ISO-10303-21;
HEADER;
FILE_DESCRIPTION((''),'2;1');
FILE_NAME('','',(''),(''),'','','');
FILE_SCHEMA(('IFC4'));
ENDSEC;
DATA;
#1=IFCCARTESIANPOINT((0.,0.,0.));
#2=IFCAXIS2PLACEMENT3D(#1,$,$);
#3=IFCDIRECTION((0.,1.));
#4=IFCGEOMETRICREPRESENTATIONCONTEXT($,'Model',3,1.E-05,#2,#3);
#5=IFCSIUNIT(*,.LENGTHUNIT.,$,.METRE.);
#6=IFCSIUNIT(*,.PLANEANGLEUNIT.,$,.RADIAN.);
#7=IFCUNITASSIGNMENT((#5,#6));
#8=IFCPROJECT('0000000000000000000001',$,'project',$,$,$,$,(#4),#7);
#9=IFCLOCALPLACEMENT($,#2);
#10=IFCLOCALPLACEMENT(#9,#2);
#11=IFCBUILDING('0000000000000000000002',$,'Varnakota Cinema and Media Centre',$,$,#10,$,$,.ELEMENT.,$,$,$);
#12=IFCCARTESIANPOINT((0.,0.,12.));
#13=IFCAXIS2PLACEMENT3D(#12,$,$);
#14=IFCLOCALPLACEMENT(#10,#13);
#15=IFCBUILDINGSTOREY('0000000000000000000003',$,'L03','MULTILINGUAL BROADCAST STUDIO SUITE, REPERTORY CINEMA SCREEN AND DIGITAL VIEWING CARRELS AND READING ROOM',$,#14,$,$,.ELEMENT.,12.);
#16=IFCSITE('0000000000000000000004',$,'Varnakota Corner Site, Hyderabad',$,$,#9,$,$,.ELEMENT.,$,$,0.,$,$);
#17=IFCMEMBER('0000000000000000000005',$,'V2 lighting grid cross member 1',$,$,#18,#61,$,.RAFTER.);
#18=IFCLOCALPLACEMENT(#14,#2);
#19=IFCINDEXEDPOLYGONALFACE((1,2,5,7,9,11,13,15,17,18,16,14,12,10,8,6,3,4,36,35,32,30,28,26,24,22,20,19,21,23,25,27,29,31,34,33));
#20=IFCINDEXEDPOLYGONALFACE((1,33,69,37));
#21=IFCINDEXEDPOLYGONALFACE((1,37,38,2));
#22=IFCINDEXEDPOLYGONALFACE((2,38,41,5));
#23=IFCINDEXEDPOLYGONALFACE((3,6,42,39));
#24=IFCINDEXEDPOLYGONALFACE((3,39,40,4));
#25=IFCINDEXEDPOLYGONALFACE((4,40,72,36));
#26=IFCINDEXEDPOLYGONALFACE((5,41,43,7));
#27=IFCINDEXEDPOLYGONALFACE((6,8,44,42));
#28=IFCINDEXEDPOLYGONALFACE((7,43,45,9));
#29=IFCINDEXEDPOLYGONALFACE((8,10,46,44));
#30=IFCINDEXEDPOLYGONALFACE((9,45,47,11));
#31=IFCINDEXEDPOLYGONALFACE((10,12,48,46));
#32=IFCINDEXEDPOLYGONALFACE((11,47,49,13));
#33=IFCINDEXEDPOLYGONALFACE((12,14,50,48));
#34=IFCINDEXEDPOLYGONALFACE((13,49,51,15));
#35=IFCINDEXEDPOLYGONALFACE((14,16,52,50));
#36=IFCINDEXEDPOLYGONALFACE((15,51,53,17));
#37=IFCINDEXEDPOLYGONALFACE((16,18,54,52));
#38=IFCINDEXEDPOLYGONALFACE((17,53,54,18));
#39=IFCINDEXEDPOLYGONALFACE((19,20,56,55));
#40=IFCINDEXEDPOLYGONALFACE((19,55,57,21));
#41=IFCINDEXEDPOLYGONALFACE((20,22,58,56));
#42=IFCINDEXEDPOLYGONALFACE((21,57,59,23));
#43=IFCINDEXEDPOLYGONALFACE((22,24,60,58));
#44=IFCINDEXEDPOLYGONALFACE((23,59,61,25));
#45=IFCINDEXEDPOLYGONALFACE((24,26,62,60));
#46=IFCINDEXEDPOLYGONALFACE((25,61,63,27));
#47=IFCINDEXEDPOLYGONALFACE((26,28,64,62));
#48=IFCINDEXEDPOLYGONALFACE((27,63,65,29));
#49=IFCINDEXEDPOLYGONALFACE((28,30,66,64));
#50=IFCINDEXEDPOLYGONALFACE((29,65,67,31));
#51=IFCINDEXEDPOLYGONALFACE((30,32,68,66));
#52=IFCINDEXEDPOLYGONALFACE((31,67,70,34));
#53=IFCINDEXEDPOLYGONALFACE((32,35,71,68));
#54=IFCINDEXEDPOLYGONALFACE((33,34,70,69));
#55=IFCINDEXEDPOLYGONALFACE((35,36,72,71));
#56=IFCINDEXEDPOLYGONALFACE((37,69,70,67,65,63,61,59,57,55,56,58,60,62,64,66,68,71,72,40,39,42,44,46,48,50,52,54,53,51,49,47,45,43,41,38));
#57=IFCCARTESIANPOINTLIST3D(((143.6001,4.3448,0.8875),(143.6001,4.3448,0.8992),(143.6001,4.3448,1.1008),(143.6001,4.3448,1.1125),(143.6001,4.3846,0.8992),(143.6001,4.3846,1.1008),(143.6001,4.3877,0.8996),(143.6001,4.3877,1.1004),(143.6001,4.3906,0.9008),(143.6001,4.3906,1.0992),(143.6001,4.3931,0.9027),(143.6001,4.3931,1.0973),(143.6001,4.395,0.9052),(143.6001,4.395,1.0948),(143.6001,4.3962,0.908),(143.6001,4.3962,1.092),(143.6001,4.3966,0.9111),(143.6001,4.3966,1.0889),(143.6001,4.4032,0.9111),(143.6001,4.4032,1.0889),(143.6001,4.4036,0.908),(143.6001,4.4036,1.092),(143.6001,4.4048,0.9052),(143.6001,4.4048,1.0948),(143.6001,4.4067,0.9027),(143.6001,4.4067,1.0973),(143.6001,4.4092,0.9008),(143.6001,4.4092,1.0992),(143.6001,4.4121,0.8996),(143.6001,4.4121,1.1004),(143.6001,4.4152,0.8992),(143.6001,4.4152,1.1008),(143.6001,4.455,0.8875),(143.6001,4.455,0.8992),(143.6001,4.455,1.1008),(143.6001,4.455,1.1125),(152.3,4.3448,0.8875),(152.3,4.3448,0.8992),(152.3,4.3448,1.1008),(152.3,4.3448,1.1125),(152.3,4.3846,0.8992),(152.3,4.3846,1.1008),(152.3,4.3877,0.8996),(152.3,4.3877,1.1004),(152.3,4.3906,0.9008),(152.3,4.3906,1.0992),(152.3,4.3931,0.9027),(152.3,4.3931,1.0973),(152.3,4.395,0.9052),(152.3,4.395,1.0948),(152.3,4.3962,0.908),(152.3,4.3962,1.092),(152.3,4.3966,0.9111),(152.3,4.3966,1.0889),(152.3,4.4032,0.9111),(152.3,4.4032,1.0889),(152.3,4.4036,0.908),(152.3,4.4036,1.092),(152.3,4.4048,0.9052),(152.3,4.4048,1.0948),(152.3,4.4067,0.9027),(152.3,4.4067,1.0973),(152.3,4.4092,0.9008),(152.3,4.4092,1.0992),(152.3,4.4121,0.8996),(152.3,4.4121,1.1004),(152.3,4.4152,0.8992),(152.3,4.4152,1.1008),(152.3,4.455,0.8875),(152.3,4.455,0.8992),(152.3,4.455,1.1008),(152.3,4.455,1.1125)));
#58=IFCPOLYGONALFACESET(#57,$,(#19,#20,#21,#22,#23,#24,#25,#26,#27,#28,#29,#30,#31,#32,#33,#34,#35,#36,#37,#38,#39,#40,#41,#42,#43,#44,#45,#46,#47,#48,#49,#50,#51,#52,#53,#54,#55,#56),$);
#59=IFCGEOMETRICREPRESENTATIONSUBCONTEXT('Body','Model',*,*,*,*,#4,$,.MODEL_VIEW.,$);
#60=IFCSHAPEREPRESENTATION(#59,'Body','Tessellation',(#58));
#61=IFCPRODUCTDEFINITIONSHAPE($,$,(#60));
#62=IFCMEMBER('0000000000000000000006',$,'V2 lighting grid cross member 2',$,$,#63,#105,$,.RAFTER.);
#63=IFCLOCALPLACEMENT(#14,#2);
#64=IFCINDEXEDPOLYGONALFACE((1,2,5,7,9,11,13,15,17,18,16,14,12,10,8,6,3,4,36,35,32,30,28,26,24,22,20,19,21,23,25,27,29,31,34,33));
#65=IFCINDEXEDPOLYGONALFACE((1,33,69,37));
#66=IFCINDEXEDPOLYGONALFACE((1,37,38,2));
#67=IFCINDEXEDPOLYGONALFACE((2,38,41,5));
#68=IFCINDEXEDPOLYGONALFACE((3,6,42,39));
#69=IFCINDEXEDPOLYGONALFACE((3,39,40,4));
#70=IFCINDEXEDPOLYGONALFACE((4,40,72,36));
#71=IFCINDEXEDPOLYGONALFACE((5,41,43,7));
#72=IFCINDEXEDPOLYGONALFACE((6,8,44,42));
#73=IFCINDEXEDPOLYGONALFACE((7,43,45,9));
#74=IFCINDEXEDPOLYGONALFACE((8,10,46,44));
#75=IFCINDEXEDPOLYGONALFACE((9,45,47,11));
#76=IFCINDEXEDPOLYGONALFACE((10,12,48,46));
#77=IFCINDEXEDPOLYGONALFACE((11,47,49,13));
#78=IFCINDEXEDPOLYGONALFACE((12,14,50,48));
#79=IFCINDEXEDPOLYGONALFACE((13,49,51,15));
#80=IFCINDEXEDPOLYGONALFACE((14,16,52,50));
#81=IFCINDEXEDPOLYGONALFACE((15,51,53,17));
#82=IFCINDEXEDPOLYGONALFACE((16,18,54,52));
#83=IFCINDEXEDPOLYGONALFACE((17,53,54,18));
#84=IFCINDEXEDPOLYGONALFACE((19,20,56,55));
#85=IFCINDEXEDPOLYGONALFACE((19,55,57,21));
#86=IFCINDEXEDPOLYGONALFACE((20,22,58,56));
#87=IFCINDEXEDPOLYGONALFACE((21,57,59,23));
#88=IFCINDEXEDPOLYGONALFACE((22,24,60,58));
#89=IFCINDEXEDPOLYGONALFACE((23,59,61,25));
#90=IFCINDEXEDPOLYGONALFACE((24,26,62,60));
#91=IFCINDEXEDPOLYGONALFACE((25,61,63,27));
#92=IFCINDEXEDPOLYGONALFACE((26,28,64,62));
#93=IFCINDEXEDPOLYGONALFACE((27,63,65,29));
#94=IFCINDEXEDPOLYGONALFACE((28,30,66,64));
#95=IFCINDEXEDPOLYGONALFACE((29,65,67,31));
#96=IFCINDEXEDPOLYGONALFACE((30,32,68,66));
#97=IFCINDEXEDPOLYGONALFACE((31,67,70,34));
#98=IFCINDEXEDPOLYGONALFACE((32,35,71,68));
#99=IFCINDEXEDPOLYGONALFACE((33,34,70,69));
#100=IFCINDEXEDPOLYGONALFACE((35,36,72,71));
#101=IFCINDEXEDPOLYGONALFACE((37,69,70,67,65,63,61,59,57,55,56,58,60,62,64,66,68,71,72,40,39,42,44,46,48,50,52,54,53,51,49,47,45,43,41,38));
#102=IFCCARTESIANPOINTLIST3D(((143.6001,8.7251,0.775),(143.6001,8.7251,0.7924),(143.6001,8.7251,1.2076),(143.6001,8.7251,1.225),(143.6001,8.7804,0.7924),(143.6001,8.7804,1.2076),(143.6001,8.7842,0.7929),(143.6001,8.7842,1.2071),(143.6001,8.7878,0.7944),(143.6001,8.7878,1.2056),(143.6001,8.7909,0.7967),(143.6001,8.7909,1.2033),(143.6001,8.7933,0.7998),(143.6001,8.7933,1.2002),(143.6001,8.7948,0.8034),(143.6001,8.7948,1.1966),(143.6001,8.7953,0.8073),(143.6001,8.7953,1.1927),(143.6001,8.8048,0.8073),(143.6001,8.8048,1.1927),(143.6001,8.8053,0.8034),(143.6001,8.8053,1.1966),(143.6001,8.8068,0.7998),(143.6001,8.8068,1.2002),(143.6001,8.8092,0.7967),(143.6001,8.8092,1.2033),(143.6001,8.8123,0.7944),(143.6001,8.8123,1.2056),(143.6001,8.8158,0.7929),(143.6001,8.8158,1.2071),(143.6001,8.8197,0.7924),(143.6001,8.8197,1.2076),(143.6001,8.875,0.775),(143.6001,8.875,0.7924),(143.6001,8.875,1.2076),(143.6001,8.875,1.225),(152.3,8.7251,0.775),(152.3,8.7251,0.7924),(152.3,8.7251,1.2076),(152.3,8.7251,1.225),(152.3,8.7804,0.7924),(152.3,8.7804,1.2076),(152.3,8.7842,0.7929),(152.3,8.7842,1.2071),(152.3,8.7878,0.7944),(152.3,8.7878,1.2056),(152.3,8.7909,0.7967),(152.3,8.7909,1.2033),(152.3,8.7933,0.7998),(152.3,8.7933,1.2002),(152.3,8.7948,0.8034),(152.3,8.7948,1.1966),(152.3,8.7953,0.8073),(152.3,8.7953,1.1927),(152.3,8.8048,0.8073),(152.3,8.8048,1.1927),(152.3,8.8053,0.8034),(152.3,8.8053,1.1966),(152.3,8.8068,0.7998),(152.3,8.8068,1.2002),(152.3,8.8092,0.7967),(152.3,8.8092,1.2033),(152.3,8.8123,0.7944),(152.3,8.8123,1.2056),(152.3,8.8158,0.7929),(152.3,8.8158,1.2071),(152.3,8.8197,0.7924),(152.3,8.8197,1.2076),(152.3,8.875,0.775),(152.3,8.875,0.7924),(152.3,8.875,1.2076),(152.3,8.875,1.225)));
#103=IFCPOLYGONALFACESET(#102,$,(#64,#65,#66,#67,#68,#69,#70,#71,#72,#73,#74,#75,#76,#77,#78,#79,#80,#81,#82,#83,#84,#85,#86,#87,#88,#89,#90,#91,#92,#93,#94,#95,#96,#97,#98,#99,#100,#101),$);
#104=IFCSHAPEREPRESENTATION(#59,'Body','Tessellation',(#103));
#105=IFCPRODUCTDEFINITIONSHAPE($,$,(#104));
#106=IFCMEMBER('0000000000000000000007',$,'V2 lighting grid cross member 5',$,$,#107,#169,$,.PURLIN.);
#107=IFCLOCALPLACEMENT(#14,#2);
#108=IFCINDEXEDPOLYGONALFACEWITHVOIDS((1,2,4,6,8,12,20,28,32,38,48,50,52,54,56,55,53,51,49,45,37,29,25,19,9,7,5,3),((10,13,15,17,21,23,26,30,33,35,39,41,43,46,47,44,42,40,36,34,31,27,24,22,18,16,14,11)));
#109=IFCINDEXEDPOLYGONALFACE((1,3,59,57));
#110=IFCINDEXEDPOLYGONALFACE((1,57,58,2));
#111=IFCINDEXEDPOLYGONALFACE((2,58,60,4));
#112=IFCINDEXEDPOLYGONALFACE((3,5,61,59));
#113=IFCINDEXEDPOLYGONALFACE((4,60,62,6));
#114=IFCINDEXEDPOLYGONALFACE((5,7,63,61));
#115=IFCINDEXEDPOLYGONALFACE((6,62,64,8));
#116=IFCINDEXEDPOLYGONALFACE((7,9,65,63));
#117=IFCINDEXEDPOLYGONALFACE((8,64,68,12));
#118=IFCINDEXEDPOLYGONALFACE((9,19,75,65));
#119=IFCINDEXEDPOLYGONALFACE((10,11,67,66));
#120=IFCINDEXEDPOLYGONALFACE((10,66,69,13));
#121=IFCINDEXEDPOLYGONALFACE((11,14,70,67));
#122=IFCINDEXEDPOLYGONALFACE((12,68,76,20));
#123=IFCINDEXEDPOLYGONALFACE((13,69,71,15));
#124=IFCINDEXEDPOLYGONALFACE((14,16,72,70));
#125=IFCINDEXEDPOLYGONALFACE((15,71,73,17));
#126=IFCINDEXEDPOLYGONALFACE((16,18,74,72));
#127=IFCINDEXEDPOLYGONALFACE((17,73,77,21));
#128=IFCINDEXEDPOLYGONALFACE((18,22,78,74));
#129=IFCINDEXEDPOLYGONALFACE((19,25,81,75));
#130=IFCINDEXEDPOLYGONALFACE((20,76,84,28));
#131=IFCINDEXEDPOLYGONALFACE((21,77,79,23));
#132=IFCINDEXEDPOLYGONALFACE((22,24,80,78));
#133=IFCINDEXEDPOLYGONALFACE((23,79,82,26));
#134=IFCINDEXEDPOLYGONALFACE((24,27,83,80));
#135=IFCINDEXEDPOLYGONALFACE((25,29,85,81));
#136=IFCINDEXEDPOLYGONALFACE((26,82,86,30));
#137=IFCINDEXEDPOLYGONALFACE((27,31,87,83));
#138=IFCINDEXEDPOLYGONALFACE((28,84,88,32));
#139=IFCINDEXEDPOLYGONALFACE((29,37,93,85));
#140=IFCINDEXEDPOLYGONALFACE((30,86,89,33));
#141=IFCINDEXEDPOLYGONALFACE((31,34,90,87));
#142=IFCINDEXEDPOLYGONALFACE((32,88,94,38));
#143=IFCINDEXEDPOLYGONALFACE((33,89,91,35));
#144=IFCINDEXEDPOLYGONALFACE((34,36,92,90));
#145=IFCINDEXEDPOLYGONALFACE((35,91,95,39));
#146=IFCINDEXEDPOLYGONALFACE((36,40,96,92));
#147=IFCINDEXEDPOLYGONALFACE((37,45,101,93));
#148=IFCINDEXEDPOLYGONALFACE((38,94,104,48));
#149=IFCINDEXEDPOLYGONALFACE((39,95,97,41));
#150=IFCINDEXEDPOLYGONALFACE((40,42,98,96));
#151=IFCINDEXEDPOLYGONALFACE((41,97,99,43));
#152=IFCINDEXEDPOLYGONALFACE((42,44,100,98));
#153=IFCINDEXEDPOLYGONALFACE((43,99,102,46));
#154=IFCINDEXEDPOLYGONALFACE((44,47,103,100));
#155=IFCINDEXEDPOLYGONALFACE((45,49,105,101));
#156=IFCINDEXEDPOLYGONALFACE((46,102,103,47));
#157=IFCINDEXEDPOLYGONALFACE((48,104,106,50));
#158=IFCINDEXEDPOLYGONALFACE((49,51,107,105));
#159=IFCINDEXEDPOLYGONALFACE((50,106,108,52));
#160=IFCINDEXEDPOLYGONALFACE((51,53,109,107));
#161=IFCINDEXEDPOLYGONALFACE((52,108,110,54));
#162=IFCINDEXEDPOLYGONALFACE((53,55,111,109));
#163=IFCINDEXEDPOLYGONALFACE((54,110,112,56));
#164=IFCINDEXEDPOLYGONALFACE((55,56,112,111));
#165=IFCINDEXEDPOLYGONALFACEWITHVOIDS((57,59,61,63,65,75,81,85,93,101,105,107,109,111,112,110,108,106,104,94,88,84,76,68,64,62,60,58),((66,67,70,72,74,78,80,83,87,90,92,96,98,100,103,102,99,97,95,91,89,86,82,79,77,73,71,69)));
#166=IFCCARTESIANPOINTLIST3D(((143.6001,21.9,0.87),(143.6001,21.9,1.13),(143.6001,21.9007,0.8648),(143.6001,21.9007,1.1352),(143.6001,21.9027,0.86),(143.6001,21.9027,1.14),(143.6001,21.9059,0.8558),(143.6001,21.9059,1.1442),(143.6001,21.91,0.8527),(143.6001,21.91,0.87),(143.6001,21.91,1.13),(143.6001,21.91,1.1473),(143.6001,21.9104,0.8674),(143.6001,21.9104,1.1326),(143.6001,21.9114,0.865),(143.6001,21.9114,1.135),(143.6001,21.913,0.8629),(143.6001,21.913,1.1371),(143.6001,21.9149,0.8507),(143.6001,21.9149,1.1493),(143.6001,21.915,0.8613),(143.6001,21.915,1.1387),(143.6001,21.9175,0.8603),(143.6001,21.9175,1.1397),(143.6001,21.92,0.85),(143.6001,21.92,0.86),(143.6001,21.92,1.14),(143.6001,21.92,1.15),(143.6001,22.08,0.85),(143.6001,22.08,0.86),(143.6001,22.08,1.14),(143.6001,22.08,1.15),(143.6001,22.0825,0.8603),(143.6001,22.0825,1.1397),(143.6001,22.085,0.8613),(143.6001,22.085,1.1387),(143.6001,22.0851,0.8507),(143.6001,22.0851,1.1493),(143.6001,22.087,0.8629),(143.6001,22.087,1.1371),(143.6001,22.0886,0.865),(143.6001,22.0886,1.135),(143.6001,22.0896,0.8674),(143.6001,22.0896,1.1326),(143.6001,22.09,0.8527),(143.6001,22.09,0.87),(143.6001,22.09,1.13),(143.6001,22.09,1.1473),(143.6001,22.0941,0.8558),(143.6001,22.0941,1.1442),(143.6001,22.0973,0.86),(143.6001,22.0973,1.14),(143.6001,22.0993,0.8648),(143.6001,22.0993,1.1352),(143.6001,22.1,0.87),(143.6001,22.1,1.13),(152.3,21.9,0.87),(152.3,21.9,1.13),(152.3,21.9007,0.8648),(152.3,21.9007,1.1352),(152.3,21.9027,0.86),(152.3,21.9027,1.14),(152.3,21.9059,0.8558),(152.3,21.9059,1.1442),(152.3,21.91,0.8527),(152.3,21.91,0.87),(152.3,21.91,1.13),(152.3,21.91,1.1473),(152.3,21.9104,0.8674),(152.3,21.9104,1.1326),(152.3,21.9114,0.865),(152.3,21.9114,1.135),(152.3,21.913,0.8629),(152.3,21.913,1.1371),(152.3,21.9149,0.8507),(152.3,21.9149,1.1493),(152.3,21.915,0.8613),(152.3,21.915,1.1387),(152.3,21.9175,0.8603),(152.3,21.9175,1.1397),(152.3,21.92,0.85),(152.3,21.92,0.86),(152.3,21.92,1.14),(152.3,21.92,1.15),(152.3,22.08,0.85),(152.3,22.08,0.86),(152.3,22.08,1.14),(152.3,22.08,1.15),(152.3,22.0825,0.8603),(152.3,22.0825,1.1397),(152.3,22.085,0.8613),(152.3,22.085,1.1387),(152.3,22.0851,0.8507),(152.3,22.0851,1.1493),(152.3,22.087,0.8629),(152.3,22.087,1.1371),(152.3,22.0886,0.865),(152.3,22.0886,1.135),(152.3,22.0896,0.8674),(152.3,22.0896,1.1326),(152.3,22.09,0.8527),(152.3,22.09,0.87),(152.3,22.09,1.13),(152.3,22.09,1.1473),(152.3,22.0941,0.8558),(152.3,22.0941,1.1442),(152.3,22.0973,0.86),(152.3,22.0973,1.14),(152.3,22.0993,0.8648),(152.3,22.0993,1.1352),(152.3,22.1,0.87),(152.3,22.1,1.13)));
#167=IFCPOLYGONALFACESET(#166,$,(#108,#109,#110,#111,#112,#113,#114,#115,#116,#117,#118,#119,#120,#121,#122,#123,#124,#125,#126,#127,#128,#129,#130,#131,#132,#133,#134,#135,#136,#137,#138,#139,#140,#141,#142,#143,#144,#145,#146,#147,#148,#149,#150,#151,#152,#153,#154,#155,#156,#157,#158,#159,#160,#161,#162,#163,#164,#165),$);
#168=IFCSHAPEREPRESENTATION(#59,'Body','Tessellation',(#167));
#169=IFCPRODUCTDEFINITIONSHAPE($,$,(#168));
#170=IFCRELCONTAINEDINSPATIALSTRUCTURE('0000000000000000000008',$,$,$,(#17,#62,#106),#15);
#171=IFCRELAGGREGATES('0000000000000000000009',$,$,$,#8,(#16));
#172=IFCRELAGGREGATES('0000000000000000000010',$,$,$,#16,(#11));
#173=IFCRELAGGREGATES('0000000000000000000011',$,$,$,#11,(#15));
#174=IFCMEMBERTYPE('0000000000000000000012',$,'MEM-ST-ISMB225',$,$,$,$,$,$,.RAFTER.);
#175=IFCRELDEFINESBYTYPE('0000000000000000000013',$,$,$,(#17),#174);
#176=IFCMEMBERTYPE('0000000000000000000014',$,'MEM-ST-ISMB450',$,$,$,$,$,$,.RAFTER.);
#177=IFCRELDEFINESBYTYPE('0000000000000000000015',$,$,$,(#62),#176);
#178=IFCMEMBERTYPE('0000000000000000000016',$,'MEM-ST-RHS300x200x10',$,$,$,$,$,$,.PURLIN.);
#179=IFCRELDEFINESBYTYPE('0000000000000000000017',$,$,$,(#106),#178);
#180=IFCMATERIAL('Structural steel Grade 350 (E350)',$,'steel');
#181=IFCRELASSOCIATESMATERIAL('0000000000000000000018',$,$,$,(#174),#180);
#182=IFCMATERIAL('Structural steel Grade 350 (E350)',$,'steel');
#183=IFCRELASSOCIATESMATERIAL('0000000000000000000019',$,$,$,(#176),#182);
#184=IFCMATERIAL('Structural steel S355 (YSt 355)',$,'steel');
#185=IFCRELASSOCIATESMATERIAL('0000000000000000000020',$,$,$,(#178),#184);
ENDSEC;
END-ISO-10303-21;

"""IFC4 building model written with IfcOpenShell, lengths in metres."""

from ifc_helpers import new_model, si_unit, direction, frame, origin, origin_2d, place, context, subcontext, project, spatial, hollow_rectangle, i_section, extrude, material, material_profile, profile_set, type_object, element, save


model = new_model("IFC4")

# Units and contexts
model_context = context("Model", 3, precision=1e-05, world=origin(), true_north=direction((0.0, 1.0)))
body_context = subcontext(model_context, "Body", "Model", "MODEL_VIEW")
ifc_project = project(units=[si_unit("LENGTHUNIT", "METRE"), si_unit("PLANEANGLEUNIT", "RADIAN")], contexts=[model_context])

# Site, building, storey
site_placement = place(None, origin())
site = spatial("IfcSite", under=ifc_project, at=site_placement, Name="Varnakota Corner Site, Hyderabad", CompositionType="ELEMENT", RefElevation=0.0)
building_placement = place(site_placement, origin())
building = spatial("IfcBuilding", under=site, at=building_placement, Name="Varnakota Cinema and Media Centre", CompositionType="ELEMENT")
storey_placement = place(building_placement, frame((0.0, 0.0, 12.0)))
storey = spatial("IfcBuildingStorey", under=building, at=storey_placement, Name="L03", Description="MULTILINGUAL BROADCAST STUDIO SUITE, REPERTORY CINEMA SCREEN AND DIGITAL VIEWING CARRELS AND READING ROOM", CompositionType="ELEMENT", Elevation=12.0)

# Members
ifc_material_1 = material(Name="Structural steel Grade 350 (E350)", Category="steel")
ifc_material_profile_1 = material_profile(ifc_material_1, i_section(OverallWidth=0.1101, OverallDepth=0.2251, WebThickness=0.0066, FlangeThickness=0.0117, FilletRadius=0.012, at=origin_2d()), Name="ISMB 225")
ifc_profile_set_1 = profile_set([ifc_material_profile_1], Name="Structural steel Grade 350 (E350)")
member_type_1 = type_object("IfcMemberType", Name="MEM-ST-ISMB225", PredefinedType="RAFTER", material=ifc_profile_set_1)
member_1_placement = place(storey_placement, frame((143.6001, 4.3999, 1.0), z_axis=(1.0, 0.0, 0.0), x_axis=(0.0, 1.0, 0.0)))
element("IfcMember", 1, at=member_1_placement, inside=storey, type_object=member_type_1, Name="V2 lighting grid cross member 1", PredefinedType="RAFTER", context=body_context, shape_type="SweptSolid", body=[
    extrude(i_section(OverallWidth=0.1101, OverallDepth=0.2251, WebThickness=0.0066, FlangeThickness=0.0117, FilletRadius=0.012, at=origin_2d()), origin(), (0.0, 0.0, 1.0), 8.7),
])
ifc_material_2 = material(Name="Structural steel Grade 350 (E350)", Category="steel")
ifc_material_profile_2 = material_profile(ifc_material_2, i_section(OverallWidth=0.1499, OverallDepth=0.45, WebThickness=0.0095, FlangeThickness=0.0173, FilletRadius=0.0149, at=origin_2d()), Name="ISMB 450")
ifc_profile_set_2 = profile_set([ifc_material_profile_2], Name="Structural steel Grade 350 (E350)")
member_type_2 = type_object("IfcMemberType", Name="MEM-ST-ISMB450", PredefinedType="RAFTER", material=ifc_profile_set_2)
member_2_placement = place(storey_placement, frame((143.6001, 8.8, 1.0), z_axis=(1.0, 0.0, 0.0), x_axis=(0.0, 1.0, 0.0)))
element("IfcMember", 2, at=member_2_placement, inside=storey, type_object=member_type_2, Name="V2 lighting grid cross member 2", PredefinedType="RAFTER", context=body_context, shape_type="SweptSolid", body=[
    extrude(i_section(OverallWidth=0.1499, OverallDepth=0.45, WebThickness=0.0095, FlangeThickness=0.0173, FilletRadius=0.0149, at=origin_2d()), origin(), (0.0, 0.0, 1.0), 8.7),
])
ifc_material_3 = material(Name="Structural steel S355 (YSt 355)", Category="steel")
ifc_material_profile_3 = material_profile(ifc_material_3, hollow_rectangle(XDim=0.2, YDim=0.3, WallThickness=0.01, InnerFilletRadius=0.01, OuterFilletRadius=0.02, at=origin_2d()), Name="RHS 300x200x10")
ifc_profile_set_3 = profile_set([ifc_material_profile_3], Name="Structural steel S355 (YSt 355)")
member_type_3 = type_object("IfcMemberType", Name="MEM-ST-RHS300x200x10", PredefinedType="PURLIN", material=ifc_profile_set_3)
member_3_placement = place(storey_placement, frame((143.6001, 22.0, 1.0), z_axis=(1.0, 0.0, 0.0), x_axis=(0.0, 1.0, 0.0)))
element("IfcMember", 3, at=member_3_placement, inside=storey, type_object=member_type_3, Name="V2 lighting grid cross member 5", PredefinedType="PURLIN", context=body_context, shape_type="SweptSolid", body=[
    extrude(hollow_rectangle(XDim=0.2, YDim=0.3, WallThickness=0.01, InnerFilletRadius=0.01, OuterFilletRadius=0.02, at=origin_2d()), origin(), (0.0, 0.0, 1.0), 8.7),
])

save(model, "model.ifc")
